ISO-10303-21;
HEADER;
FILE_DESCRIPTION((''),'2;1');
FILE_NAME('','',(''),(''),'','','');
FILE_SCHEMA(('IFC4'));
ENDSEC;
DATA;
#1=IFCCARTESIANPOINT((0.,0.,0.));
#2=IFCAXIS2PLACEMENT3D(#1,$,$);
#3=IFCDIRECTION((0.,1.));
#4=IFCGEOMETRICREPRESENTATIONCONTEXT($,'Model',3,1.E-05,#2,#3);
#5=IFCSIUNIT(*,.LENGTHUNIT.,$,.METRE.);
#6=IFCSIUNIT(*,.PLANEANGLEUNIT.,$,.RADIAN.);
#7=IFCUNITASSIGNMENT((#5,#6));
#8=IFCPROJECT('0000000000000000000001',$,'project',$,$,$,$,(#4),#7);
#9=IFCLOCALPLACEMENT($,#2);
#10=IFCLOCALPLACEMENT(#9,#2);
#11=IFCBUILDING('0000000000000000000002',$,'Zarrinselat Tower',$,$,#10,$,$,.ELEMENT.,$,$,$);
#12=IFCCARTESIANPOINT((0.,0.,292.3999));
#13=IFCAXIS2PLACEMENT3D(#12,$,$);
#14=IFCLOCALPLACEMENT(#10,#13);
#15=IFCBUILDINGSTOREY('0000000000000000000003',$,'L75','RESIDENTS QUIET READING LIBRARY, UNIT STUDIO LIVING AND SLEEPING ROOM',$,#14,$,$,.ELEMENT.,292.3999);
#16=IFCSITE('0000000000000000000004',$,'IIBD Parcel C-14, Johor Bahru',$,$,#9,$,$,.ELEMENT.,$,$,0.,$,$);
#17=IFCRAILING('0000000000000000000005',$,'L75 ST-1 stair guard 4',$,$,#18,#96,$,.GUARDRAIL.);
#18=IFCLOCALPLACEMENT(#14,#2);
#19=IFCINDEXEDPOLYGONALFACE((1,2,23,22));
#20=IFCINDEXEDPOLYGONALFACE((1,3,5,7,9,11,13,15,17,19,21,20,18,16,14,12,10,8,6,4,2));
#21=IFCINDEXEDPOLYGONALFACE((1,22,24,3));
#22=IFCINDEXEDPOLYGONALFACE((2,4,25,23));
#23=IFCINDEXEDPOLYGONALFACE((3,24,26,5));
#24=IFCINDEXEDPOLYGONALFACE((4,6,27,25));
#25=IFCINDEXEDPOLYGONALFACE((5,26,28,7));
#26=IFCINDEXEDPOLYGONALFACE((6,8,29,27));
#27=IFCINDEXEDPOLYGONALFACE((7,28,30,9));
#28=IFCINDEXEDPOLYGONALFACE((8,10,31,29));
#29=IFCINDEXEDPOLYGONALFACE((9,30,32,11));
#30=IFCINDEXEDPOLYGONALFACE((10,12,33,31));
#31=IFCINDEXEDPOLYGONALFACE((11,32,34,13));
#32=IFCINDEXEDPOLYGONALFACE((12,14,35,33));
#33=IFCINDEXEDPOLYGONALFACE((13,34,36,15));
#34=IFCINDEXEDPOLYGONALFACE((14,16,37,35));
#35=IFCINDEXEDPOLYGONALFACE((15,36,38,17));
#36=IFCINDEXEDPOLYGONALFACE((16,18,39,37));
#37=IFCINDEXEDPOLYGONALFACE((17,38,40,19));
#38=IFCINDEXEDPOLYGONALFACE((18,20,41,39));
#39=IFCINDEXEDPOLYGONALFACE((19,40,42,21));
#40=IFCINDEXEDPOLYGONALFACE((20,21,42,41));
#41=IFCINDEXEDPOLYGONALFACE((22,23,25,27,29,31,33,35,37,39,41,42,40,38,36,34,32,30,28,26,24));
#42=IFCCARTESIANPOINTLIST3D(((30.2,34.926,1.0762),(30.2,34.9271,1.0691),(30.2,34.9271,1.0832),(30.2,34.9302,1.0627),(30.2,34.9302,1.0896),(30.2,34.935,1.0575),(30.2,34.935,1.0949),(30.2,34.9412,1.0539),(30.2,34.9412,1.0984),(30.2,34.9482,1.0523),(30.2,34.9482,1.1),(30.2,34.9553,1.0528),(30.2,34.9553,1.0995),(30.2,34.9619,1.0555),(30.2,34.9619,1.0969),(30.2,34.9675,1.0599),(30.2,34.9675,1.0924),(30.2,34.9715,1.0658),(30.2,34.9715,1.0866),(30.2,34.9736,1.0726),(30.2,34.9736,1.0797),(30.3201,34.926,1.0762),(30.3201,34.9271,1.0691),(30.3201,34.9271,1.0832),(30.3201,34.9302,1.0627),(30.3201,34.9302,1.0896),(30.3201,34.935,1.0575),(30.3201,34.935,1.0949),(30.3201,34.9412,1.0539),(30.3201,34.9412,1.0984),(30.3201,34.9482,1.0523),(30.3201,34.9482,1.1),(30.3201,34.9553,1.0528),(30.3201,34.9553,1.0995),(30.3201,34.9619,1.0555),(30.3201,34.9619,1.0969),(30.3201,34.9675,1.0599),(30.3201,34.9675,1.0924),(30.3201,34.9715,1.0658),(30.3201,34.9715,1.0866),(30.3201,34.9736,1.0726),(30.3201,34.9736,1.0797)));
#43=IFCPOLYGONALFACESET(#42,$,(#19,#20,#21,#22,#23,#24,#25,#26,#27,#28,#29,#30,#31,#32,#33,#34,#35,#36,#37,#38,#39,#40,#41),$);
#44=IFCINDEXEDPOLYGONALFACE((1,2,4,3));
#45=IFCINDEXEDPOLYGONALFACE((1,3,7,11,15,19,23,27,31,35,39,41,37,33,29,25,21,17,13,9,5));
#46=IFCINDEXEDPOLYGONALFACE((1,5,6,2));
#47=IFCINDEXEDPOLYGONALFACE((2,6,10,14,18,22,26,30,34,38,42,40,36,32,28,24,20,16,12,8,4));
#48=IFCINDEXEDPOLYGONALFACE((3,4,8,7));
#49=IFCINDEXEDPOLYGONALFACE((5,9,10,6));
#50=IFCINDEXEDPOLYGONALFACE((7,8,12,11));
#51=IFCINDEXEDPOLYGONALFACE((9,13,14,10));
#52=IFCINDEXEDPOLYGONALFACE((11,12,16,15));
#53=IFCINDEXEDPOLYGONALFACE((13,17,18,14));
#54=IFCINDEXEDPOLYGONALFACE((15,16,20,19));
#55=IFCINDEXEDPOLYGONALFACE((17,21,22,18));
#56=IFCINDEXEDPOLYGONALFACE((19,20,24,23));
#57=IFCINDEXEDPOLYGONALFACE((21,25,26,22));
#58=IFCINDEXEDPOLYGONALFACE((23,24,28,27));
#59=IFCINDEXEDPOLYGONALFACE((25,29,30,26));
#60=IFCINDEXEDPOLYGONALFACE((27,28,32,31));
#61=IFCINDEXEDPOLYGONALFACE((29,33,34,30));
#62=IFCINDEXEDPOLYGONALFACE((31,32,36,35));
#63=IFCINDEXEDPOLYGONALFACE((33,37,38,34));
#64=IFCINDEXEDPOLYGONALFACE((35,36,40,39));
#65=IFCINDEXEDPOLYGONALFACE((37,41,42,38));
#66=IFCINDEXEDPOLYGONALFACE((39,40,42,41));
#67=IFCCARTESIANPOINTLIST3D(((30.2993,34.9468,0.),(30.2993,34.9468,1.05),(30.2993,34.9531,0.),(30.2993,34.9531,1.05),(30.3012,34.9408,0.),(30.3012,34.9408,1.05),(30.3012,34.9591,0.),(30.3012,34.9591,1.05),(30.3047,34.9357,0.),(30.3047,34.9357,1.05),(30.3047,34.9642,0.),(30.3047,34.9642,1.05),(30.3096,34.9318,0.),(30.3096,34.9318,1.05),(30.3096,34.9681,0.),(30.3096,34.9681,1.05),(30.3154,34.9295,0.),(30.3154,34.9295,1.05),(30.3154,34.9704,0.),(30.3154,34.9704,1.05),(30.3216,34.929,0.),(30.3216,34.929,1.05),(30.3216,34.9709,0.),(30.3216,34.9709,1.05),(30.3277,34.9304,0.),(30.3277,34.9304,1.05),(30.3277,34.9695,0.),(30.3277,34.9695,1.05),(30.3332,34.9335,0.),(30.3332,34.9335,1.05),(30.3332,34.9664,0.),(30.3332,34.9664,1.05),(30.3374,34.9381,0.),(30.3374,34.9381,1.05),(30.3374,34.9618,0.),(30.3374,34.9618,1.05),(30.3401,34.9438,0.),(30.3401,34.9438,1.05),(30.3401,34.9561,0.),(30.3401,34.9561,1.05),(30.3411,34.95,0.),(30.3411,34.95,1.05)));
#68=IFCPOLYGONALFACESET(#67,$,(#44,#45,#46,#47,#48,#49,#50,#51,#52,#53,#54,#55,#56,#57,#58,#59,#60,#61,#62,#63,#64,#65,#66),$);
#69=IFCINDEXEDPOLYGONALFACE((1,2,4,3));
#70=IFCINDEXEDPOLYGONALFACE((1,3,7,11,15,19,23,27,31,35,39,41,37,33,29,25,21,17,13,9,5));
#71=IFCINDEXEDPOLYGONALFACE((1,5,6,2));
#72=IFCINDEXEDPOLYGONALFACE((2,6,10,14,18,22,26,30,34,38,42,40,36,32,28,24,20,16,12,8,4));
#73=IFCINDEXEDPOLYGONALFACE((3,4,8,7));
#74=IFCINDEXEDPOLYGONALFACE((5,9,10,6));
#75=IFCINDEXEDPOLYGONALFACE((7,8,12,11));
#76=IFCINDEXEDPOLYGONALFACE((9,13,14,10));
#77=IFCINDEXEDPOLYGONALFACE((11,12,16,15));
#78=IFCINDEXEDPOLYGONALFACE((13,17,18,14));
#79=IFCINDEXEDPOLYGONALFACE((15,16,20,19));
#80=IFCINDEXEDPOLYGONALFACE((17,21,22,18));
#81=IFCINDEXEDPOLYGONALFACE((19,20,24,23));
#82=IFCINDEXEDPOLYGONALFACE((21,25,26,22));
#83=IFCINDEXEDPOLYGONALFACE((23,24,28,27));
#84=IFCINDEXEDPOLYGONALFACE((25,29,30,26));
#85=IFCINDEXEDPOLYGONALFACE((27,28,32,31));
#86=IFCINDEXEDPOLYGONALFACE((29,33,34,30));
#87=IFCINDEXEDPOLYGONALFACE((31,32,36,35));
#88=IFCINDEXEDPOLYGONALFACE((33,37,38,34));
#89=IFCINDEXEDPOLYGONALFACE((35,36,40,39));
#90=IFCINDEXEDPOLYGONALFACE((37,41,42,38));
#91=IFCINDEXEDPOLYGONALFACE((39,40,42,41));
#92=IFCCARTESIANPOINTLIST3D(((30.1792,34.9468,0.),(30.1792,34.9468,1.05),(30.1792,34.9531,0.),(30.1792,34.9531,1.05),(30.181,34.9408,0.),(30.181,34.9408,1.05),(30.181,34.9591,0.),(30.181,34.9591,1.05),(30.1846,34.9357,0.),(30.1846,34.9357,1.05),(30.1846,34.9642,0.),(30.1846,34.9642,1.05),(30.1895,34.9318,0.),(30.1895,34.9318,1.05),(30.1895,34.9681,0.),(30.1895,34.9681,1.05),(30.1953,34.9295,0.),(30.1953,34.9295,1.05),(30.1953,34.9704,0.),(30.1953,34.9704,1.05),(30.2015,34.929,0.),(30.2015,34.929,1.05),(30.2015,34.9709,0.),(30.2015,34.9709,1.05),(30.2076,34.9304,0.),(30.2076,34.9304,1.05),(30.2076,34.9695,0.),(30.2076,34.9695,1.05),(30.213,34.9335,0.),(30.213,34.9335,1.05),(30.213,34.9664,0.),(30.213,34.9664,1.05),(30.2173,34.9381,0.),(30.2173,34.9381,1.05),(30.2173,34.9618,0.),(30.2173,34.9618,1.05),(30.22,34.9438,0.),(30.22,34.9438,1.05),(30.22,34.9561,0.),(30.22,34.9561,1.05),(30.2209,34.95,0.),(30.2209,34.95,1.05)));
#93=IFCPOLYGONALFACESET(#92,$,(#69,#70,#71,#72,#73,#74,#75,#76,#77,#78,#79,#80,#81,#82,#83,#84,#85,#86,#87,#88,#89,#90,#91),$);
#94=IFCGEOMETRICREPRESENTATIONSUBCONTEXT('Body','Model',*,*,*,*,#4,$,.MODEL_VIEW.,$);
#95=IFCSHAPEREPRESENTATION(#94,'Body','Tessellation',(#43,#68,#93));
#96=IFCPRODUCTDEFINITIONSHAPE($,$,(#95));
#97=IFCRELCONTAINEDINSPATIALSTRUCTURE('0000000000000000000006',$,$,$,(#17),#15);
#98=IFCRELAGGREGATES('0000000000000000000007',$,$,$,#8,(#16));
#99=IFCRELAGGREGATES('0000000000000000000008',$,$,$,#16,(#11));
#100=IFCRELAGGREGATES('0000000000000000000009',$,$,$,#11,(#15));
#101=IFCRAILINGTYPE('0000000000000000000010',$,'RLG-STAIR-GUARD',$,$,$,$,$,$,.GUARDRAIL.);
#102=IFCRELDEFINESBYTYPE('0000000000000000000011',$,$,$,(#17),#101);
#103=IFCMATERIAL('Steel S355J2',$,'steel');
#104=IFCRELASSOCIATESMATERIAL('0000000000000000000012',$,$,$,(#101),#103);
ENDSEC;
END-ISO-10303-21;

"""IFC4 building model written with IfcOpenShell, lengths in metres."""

from ifc_helpers import new_model, si_unit, direction, frame, origin, origin_2d, place, context, subcontext, project, spatial, circle, extrude, material, type_object, element, save


model = new_model("IFC4")

# Units and contexts
model_context = context("Model", 3, precision=1e-05, world=origin(), true_north=direction((0.0, 1.0)))
body_context = subcontext(model_context, "Body", "Model", "MODEL_VIEW")
ifc_project = project(units=[si_unit("LENGTHUNIT", "METRE"), si_unit("PLANEANGLEUNIT", "RADIAN")], contexts=[model_context])

# Site, building, storey
site_placement = place(None, origin())
site = spatial("IfcSite", under=ifc_project, at=site_placement, Name="IIBD Parcel C-14, Johor Bahru", CompositionType="ELEMENT", RefElevation=0.0)
building_placement = place(site_placement, origin())
building = spatial("IfcBuilding", under=site, at=building_placement, Name="Zarrinselat Tower", CompositionType="ELEMENT")
storey_placement = place(building_placement, frame((0.0, 0.0, 292.3999)))
storey = spatial("IfcBuildingStorey", under=building, at=storey_placement, Name="L75", Description="RESIDENTS QUIET READING LIBRARY, UNIT STUDIO LIVING AND SLEEPING ROOM", CompositionType="ELEMENT", Elevation=292.3999)

# Railing
ifc_material_1 = material(Name="Steel S355J2", Category="steel")
railing_type_1 = type_object("IfcRailingType", Name="RLG-STAIR-GUARD", PredefinedType="GUARDRAIL", material=ifc_material_1)
railing_1_placement = place(storey_placement, frame((30.3201, 34.95, 0.0)))
element("IfcRailing", 1, at=railing_1_placement, inside=storey, type_object=railing_type_1, Name="L75 ST-1 stair guard 4", PredefinedType="GUARDRAIL", context=body_context, shape_type="SweptSolid", body=[
    extrude(circle(Radius=0.0239, at=origin_2d()), frame((0.0, 0.0, 1.0762), z_axis=(-1.0, 0.0, 0.0), x_axis=(0.0, -1.0, 0.0)), (0.0, 0.0, 1.0), 0.1201),
    extrude(circle(Radius=0.021, at=origin_2d()), origin(), (0.0, 0.0, 1.0), 1.05),
    extrude(circle(Radius=0.021, at=origin_2d()), frame((-0.1201, 0.0, 0.0)), (0.0, 0.0, 1.0), 1.05),
])

save(model, "model.ifc")
